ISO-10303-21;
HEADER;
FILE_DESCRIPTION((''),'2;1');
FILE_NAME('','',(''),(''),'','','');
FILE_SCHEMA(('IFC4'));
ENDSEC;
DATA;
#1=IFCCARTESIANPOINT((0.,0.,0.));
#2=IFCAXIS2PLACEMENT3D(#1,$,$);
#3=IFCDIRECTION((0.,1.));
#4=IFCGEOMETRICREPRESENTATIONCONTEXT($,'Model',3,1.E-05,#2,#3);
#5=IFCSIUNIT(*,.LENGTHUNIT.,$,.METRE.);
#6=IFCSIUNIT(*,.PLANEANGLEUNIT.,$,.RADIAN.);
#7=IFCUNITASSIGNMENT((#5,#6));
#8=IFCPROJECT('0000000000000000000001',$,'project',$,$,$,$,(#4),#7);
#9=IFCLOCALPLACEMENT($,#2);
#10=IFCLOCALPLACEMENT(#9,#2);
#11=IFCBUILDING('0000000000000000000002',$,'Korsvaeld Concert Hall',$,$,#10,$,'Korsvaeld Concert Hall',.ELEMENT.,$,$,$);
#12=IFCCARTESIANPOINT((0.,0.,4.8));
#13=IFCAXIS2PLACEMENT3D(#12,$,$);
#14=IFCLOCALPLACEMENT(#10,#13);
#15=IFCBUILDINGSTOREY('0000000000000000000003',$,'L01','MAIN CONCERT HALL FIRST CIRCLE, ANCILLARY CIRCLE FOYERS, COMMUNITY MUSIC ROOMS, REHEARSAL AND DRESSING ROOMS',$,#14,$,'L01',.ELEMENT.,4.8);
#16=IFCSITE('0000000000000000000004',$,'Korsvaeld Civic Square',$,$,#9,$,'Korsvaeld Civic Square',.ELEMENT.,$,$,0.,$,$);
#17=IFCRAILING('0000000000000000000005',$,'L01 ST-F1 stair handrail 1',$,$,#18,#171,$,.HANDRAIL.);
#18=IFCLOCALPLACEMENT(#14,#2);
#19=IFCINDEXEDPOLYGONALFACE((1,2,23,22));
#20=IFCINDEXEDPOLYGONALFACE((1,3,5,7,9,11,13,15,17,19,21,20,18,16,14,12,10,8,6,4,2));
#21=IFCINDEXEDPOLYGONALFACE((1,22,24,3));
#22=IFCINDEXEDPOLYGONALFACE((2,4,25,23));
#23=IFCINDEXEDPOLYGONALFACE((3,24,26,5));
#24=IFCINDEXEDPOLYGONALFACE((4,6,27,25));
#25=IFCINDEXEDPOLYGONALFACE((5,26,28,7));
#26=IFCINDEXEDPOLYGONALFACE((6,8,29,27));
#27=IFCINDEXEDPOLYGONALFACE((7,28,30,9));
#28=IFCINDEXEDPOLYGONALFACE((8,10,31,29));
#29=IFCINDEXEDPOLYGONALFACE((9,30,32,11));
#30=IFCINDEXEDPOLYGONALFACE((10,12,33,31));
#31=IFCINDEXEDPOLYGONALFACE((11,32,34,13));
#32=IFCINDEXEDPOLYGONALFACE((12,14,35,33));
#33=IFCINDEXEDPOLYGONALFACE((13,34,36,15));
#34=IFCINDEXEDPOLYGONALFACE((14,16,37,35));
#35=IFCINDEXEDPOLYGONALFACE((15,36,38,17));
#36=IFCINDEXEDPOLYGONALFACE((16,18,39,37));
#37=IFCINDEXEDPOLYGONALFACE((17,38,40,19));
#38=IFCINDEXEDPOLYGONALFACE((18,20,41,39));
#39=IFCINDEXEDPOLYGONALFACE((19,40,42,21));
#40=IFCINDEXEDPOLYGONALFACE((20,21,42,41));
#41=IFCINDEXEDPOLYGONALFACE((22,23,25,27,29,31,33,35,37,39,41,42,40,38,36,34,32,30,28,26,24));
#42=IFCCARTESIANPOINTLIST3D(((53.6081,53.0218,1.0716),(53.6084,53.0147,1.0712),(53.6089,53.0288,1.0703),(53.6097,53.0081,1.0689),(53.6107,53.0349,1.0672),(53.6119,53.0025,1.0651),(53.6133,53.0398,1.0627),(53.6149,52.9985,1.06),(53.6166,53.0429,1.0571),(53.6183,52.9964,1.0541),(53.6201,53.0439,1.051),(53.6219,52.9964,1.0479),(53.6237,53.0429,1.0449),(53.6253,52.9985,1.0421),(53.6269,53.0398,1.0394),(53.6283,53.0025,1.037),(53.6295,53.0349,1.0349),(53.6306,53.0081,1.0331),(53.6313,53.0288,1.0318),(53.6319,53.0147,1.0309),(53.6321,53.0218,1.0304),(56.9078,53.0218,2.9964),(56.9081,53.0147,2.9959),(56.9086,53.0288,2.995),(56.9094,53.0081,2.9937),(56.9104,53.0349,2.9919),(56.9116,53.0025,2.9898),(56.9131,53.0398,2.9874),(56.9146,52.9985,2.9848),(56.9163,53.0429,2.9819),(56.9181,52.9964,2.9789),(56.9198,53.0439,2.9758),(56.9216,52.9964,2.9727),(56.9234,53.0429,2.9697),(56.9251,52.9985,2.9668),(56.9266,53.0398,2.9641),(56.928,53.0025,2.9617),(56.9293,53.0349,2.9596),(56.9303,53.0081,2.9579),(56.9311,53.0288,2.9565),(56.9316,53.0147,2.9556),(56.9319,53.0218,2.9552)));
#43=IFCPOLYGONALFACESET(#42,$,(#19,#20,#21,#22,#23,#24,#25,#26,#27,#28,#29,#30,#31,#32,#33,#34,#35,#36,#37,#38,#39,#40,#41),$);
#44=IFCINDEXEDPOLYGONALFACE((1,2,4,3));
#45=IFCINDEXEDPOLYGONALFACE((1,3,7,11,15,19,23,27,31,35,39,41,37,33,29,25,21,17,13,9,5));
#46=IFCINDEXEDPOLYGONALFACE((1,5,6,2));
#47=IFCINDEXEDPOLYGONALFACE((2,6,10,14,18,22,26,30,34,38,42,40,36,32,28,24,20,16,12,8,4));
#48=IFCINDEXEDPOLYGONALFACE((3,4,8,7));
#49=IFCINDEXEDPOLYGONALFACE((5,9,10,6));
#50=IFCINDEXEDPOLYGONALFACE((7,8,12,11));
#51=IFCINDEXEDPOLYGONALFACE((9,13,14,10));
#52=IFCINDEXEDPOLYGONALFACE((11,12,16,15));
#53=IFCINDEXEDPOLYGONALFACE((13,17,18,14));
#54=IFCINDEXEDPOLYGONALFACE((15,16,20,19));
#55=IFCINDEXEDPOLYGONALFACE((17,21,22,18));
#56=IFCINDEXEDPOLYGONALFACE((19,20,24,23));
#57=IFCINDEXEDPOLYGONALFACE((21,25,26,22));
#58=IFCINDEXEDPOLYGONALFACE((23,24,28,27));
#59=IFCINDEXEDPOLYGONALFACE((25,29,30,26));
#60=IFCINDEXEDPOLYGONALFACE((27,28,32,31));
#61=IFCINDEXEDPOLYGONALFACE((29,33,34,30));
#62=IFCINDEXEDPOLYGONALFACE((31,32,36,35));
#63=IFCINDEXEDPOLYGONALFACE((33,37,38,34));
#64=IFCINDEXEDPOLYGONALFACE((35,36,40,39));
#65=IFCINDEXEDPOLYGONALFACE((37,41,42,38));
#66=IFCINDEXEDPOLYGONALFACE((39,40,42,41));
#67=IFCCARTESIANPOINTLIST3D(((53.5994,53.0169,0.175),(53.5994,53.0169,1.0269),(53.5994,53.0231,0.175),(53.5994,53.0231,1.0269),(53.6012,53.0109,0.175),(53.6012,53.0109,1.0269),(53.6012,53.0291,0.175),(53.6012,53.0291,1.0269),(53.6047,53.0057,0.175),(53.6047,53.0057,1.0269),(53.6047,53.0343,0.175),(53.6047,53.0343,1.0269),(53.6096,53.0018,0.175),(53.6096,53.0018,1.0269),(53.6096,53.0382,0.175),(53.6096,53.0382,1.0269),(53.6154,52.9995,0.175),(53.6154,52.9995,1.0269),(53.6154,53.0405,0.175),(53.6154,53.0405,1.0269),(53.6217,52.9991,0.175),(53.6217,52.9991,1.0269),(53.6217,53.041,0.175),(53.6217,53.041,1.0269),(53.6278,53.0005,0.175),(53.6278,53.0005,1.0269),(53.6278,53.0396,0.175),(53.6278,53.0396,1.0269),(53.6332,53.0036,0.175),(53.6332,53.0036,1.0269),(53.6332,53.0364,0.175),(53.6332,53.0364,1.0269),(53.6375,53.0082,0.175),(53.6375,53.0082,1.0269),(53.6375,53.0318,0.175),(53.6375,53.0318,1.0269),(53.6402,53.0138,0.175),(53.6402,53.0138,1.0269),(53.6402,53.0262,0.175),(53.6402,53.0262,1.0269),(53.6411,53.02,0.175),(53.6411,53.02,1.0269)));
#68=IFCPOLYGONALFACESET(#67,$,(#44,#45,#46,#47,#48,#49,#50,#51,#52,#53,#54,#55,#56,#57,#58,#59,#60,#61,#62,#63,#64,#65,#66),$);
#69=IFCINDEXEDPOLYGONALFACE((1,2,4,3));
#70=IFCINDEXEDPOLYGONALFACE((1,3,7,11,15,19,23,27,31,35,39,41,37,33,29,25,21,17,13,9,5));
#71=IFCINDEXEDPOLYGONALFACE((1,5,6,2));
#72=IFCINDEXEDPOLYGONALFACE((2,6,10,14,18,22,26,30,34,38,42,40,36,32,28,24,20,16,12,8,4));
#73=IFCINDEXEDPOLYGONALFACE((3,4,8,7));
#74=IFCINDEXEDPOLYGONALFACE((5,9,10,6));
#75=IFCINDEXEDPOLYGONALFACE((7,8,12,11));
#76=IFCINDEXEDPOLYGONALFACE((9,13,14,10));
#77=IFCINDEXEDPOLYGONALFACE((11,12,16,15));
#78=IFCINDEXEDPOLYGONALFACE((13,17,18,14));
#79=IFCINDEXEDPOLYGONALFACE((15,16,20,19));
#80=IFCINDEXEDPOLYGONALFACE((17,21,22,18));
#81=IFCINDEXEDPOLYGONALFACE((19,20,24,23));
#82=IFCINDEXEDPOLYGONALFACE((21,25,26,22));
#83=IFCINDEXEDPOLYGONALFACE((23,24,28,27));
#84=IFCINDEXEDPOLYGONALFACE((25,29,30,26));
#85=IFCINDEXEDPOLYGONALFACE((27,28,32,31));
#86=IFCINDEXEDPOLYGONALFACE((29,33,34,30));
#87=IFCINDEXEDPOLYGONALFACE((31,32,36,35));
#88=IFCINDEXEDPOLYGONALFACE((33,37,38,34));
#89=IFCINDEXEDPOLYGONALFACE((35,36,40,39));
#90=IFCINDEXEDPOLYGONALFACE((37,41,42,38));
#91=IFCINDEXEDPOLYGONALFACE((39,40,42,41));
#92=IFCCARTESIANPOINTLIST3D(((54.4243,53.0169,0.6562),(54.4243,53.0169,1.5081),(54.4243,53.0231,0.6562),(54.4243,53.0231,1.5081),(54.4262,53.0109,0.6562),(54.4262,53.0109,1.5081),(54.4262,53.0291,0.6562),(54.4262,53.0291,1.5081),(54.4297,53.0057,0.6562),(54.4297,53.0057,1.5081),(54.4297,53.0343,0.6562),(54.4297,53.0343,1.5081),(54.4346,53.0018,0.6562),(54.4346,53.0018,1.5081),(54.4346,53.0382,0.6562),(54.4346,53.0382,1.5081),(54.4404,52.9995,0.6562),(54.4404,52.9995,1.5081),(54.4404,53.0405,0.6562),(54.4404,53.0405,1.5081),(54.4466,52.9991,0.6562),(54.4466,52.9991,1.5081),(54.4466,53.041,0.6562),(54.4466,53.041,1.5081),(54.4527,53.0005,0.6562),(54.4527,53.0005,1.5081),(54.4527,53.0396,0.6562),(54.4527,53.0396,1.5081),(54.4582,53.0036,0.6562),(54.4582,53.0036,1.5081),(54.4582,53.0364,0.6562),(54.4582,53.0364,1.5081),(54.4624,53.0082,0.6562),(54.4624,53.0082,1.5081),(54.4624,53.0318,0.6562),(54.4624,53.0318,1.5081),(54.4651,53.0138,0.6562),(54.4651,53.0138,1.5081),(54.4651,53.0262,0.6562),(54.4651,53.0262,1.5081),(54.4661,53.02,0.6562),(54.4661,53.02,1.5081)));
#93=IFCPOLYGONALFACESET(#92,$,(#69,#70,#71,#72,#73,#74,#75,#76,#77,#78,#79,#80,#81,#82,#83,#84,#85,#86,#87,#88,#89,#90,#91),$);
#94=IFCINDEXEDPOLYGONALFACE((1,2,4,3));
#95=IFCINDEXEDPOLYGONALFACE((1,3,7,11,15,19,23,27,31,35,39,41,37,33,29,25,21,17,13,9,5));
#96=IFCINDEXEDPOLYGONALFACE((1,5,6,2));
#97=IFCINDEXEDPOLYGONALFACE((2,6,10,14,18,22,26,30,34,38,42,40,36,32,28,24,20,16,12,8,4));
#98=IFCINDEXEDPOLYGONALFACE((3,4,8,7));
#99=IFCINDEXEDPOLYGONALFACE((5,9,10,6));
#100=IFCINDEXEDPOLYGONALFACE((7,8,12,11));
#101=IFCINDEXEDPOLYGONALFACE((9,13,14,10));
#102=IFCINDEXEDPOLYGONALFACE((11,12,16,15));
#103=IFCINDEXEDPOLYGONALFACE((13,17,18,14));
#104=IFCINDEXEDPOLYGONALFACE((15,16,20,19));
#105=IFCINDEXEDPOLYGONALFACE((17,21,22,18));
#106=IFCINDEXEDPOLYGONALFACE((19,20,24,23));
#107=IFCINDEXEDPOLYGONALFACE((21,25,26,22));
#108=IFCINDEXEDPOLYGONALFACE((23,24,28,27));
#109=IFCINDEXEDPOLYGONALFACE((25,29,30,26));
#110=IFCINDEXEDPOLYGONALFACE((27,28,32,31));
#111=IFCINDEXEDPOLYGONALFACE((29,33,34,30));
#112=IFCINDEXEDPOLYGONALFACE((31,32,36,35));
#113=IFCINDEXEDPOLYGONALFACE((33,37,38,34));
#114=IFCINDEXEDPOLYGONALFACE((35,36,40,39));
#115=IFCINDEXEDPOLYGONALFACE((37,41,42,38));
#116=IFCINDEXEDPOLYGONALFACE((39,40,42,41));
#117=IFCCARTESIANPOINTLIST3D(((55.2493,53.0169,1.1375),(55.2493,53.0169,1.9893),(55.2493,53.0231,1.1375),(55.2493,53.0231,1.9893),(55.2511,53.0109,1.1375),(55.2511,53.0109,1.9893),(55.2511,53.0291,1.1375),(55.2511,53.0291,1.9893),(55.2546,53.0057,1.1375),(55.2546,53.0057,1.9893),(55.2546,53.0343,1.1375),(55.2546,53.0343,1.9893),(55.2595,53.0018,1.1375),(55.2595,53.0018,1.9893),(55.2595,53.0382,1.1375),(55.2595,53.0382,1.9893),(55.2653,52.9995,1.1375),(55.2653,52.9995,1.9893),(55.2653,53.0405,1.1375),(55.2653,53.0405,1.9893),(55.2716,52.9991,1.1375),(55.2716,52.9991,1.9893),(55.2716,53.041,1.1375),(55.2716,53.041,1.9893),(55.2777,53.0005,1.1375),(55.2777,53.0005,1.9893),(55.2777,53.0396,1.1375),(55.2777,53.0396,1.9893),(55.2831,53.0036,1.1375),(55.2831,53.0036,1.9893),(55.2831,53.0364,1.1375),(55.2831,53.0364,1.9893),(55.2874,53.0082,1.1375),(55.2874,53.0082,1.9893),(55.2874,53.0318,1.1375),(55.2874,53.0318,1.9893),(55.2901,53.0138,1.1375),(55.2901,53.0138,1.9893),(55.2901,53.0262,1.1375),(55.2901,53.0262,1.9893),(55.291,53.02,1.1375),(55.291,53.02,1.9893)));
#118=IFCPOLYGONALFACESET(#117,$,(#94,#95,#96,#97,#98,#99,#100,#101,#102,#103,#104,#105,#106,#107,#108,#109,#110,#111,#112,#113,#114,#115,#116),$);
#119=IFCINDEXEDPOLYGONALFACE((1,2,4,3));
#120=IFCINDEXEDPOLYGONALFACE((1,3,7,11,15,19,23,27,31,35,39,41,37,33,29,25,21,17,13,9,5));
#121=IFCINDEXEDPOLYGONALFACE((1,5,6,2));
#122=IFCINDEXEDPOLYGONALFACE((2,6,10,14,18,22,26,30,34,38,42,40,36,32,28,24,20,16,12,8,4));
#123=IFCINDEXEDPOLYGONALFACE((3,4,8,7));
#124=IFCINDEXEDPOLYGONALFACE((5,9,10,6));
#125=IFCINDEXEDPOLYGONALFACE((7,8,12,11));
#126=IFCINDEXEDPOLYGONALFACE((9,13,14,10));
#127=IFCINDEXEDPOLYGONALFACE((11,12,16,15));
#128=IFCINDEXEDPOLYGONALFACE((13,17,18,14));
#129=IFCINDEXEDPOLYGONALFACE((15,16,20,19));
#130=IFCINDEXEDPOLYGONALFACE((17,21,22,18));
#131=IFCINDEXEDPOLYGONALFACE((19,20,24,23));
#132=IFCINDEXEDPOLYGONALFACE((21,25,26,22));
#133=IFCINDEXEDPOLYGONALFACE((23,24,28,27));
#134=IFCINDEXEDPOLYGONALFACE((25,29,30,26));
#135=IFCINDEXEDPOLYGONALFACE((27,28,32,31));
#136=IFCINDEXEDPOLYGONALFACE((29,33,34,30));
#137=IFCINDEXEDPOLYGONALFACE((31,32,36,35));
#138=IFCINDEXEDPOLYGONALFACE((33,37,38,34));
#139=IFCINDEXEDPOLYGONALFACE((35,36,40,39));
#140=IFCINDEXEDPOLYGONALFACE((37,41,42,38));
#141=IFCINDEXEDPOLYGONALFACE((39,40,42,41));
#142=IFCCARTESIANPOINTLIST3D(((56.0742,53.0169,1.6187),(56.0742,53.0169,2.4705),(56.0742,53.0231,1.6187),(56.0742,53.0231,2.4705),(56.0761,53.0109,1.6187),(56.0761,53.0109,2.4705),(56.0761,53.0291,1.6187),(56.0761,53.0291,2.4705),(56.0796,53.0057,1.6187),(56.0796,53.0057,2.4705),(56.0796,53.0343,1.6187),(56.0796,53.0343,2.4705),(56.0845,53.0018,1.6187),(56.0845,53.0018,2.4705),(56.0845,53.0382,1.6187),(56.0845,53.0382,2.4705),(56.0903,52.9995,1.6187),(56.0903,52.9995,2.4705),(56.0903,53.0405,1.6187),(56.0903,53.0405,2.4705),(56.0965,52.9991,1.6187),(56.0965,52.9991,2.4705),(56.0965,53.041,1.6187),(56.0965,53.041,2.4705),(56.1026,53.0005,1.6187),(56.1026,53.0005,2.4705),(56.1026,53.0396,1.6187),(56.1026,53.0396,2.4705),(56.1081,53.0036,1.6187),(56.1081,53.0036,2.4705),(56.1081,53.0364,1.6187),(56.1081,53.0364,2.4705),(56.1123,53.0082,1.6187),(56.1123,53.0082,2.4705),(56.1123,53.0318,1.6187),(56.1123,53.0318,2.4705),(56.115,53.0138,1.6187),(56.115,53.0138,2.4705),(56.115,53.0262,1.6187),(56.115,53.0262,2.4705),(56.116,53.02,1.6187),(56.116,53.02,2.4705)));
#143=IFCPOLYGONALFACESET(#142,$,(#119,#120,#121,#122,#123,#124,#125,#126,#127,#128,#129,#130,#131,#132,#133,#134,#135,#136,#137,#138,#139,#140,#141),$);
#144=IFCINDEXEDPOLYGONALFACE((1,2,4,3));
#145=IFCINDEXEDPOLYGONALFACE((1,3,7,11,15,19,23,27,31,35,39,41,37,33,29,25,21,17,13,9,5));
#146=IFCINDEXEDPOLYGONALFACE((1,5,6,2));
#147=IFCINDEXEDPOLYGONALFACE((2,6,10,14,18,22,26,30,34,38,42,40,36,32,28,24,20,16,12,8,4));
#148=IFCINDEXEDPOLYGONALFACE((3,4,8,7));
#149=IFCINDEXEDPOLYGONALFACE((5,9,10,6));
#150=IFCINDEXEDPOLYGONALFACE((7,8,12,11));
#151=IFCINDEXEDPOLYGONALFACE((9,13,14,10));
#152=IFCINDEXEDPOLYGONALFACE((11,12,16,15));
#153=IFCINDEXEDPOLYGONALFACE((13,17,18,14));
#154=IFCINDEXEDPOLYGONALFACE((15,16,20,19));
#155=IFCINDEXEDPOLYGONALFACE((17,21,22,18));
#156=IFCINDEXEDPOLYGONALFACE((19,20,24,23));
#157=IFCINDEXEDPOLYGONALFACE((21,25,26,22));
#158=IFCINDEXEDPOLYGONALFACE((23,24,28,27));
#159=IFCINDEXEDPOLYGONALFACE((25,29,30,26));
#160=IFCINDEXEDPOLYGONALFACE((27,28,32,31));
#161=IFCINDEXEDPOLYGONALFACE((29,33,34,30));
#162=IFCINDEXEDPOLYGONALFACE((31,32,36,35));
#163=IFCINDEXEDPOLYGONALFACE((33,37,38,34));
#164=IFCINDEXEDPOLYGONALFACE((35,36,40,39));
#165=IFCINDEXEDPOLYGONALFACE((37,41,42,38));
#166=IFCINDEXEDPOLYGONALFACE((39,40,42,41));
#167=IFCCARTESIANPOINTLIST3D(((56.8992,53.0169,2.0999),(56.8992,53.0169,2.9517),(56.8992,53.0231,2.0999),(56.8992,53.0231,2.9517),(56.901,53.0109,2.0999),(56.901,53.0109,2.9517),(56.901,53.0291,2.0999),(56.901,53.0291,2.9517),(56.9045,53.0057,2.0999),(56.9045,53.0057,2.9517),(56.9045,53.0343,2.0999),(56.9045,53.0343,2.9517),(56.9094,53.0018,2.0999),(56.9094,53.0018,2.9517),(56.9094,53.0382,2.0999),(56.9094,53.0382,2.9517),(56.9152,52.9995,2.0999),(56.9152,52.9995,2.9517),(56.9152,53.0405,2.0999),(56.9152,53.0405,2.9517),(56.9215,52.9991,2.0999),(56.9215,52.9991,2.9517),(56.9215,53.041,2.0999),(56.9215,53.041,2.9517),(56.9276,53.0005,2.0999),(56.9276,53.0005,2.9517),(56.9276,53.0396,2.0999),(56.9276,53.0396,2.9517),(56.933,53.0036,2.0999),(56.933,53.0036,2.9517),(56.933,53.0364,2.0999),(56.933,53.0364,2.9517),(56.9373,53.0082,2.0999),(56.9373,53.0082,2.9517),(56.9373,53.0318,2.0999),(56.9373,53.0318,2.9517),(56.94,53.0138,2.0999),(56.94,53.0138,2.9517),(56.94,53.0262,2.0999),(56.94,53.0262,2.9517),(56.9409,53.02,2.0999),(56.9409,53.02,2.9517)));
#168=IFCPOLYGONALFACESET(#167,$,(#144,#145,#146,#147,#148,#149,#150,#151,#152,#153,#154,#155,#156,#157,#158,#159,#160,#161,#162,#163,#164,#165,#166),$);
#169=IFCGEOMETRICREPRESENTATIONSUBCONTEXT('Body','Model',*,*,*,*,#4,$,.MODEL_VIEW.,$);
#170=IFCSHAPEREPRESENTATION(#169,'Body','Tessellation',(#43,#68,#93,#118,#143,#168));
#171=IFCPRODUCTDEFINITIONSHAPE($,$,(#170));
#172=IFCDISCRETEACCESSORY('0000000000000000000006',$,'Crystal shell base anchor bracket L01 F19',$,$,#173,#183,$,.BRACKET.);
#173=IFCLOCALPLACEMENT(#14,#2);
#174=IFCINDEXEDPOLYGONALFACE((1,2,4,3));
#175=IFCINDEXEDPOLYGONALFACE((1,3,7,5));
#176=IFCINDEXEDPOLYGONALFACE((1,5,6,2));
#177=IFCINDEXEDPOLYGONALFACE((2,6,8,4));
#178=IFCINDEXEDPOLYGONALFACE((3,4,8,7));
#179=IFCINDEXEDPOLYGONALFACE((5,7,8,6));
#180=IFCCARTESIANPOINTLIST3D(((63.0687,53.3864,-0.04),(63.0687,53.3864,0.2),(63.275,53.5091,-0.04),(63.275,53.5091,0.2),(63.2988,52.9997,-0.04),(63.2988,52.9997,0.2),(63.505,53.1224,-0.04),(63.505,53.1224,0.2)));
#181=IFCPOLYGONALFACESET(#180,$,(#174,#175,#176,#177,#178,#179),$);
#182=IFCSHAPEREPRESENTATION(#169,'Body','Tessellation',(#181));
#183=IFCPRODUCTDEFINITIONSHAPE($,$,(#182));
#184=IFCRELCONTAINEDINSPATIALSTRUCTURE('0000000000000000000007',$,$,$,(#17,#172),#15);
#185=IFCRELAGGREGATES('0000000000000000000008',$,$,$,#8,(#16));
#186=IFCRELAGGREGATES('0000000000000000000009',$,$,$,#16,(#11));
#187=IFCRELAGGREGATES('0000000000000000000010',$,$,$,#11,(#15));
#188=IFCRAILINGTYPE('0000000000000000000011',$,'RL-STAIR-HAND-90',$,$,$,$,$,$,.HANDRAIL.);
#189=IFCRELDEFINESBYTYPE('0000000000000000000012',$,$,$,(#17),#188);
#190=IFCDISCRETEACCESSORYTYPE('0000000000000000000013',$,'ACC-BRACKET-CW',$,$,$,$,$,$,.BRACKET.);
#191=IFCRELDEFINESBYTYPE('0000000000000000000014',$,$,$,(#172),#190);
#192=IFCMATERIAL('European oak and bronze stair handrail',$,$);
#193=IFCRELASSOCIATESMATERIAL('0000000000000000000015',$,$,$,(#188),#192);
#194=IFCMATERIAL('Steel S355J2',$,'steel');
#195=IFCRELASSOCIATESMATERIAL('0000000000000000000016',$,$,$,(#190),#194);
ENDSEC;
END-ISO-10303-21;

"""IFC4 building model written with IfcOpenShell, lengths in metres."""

from ifc_helpers import new_model, si_unit, direction, frame, origin, origin_2d, place, context, subcontext, project, spatial, rectangle, circle, extrude, material, type_object, element, save


model = new_model("IFC4")

# Units and contexts
model_context = context("Model", 3, precision=1e-05, world=origin(), true_north=direction((0.0, 1.0)))
body_context = subcontext(model_context, "Body", "Model", "MODEL_VIEW")
ifc_project = project(units=[si_unit("LENGTHUNIT", "METRE"), si_unit("PLANEANGLEUNIT", "RADIAN")], contexts=[model_context])

# Site, building, storey
site_placement = place(None, origin())
site = spatial("IfcSite", under=ifc_project, at=site_placement, Name="Korsvaeld Civic Square", LongName="Korsvaeld Civic Square", CompositionType="ELEMENT", RefElevation=0.0)
building_placement = place(site_placement, origin())
building = spatial("IfcBuilding", under=site, at=building_placement, Name="Korsvaeld Concert Hall", LongName="Korsvaeld Concert Hall", CompositionType="ELEMENT")
storey_placement = place(building_placement, frame((0.0, 0.0, 4.8)))
storey = spatial("IfcBuildingStorey", under=building, at=storey_placement, Name="L01", Description="MAIN CONCERT HALL FIRST CIRCLE, ANCILLARY CIRCLE FOYERS, COMMUNITY MUSIC ROOMS, REHEARSAL AND DRESSING ROOMS", LongName="L01", CompositionType="ELEMENT", Elevation=4.8)

# Railing
ifc_material_1 = material(Name="European oak and bronze stair handrail")
railing_type_1 = type_object("IfcRailingType", Name="RL-STAIR-HAND-90", PredefinedType="HANDRAIL", material=ifc_material_1)
railing_1_placement = place(storey_placement, frame((53.6201, 53.02, 0.175)))
element("IfcRailing", 1, at=railing_1_placement, inside=storey, type_object=railing_type_1, Name="L01 ST-F1 stair handrail 1", PredefinedType="HANDRAIL", context=body_context, shape_type="SweptSolid", body=[
    extrude(circle(Radius=0.0239, at=origin_2d()), frame((0.0, 0.0, 0.876), z_axis=(0.863788, 0.0, 0.503855), x_axis=(0.0, 1.0, 0.0)), (0.0, 0.0, 1.0), 3.8201),
    extrude(circle(Radius=0.021, at=origin_2d()), origin(), (0.0, 0.0, 1.0), 0.8518),
    extrude(circle(Radius=0.021, at=origin_2d()), frame((0.825, 0.0, 0.4812)), (0.0, 0.0, 1.0), 0.8518),
    extrude(circle(Radius=0.021, at=origin_2d()), frame((1.6499, 0.0, 0.9624)), (0.0, 0.0, 1.0), 0.8518),
    extrude(circle(Radius=0.021, at=origin_2d()), frame((2.4749, 0.0, 1.4436)), (0.0, 0.0, 1.0), 0.8518),
    extrude(circle(Radius=0.021, at=origin_2d()), frame((3.2998, 0.0, 1.9248)), (0.0, 0.0, 1.0), 0.8518),
])

# Discrete accessory
ifc_material_2 = material(Name="Steel S355J2", Category="steel")
discrete_accessory_type = type_object("IfcDiscreteAccessoryType", Name="ACC-BRACKET-CW", PredefinedType="BRACKET", material=ifc_material_2)
discrete_accessory_placement = place(storey_placement, frame((63.2869, 53.2544, -0.04), z_axis=(0.0, 0.0, 1.0), x_axis=(0.511293, -0.859406, 0.0)))
element("IfcDiscreteAccessory", 2, at=discrete_accessory_placement, inside=storey, type_object=discrete_accessory_type, Name="Crystal shell base anchor bracket L01 F19", PredefinedType="BRACKET", context=body_context, shape_type="SweptSolid", body=[
    extrude(rectangle(XDim=0.45, YDim=0.24, at=origin_2d()), origin(), (0.0, 0.0, 1.0), 0.24),
])

save(model, "model.ifc")
